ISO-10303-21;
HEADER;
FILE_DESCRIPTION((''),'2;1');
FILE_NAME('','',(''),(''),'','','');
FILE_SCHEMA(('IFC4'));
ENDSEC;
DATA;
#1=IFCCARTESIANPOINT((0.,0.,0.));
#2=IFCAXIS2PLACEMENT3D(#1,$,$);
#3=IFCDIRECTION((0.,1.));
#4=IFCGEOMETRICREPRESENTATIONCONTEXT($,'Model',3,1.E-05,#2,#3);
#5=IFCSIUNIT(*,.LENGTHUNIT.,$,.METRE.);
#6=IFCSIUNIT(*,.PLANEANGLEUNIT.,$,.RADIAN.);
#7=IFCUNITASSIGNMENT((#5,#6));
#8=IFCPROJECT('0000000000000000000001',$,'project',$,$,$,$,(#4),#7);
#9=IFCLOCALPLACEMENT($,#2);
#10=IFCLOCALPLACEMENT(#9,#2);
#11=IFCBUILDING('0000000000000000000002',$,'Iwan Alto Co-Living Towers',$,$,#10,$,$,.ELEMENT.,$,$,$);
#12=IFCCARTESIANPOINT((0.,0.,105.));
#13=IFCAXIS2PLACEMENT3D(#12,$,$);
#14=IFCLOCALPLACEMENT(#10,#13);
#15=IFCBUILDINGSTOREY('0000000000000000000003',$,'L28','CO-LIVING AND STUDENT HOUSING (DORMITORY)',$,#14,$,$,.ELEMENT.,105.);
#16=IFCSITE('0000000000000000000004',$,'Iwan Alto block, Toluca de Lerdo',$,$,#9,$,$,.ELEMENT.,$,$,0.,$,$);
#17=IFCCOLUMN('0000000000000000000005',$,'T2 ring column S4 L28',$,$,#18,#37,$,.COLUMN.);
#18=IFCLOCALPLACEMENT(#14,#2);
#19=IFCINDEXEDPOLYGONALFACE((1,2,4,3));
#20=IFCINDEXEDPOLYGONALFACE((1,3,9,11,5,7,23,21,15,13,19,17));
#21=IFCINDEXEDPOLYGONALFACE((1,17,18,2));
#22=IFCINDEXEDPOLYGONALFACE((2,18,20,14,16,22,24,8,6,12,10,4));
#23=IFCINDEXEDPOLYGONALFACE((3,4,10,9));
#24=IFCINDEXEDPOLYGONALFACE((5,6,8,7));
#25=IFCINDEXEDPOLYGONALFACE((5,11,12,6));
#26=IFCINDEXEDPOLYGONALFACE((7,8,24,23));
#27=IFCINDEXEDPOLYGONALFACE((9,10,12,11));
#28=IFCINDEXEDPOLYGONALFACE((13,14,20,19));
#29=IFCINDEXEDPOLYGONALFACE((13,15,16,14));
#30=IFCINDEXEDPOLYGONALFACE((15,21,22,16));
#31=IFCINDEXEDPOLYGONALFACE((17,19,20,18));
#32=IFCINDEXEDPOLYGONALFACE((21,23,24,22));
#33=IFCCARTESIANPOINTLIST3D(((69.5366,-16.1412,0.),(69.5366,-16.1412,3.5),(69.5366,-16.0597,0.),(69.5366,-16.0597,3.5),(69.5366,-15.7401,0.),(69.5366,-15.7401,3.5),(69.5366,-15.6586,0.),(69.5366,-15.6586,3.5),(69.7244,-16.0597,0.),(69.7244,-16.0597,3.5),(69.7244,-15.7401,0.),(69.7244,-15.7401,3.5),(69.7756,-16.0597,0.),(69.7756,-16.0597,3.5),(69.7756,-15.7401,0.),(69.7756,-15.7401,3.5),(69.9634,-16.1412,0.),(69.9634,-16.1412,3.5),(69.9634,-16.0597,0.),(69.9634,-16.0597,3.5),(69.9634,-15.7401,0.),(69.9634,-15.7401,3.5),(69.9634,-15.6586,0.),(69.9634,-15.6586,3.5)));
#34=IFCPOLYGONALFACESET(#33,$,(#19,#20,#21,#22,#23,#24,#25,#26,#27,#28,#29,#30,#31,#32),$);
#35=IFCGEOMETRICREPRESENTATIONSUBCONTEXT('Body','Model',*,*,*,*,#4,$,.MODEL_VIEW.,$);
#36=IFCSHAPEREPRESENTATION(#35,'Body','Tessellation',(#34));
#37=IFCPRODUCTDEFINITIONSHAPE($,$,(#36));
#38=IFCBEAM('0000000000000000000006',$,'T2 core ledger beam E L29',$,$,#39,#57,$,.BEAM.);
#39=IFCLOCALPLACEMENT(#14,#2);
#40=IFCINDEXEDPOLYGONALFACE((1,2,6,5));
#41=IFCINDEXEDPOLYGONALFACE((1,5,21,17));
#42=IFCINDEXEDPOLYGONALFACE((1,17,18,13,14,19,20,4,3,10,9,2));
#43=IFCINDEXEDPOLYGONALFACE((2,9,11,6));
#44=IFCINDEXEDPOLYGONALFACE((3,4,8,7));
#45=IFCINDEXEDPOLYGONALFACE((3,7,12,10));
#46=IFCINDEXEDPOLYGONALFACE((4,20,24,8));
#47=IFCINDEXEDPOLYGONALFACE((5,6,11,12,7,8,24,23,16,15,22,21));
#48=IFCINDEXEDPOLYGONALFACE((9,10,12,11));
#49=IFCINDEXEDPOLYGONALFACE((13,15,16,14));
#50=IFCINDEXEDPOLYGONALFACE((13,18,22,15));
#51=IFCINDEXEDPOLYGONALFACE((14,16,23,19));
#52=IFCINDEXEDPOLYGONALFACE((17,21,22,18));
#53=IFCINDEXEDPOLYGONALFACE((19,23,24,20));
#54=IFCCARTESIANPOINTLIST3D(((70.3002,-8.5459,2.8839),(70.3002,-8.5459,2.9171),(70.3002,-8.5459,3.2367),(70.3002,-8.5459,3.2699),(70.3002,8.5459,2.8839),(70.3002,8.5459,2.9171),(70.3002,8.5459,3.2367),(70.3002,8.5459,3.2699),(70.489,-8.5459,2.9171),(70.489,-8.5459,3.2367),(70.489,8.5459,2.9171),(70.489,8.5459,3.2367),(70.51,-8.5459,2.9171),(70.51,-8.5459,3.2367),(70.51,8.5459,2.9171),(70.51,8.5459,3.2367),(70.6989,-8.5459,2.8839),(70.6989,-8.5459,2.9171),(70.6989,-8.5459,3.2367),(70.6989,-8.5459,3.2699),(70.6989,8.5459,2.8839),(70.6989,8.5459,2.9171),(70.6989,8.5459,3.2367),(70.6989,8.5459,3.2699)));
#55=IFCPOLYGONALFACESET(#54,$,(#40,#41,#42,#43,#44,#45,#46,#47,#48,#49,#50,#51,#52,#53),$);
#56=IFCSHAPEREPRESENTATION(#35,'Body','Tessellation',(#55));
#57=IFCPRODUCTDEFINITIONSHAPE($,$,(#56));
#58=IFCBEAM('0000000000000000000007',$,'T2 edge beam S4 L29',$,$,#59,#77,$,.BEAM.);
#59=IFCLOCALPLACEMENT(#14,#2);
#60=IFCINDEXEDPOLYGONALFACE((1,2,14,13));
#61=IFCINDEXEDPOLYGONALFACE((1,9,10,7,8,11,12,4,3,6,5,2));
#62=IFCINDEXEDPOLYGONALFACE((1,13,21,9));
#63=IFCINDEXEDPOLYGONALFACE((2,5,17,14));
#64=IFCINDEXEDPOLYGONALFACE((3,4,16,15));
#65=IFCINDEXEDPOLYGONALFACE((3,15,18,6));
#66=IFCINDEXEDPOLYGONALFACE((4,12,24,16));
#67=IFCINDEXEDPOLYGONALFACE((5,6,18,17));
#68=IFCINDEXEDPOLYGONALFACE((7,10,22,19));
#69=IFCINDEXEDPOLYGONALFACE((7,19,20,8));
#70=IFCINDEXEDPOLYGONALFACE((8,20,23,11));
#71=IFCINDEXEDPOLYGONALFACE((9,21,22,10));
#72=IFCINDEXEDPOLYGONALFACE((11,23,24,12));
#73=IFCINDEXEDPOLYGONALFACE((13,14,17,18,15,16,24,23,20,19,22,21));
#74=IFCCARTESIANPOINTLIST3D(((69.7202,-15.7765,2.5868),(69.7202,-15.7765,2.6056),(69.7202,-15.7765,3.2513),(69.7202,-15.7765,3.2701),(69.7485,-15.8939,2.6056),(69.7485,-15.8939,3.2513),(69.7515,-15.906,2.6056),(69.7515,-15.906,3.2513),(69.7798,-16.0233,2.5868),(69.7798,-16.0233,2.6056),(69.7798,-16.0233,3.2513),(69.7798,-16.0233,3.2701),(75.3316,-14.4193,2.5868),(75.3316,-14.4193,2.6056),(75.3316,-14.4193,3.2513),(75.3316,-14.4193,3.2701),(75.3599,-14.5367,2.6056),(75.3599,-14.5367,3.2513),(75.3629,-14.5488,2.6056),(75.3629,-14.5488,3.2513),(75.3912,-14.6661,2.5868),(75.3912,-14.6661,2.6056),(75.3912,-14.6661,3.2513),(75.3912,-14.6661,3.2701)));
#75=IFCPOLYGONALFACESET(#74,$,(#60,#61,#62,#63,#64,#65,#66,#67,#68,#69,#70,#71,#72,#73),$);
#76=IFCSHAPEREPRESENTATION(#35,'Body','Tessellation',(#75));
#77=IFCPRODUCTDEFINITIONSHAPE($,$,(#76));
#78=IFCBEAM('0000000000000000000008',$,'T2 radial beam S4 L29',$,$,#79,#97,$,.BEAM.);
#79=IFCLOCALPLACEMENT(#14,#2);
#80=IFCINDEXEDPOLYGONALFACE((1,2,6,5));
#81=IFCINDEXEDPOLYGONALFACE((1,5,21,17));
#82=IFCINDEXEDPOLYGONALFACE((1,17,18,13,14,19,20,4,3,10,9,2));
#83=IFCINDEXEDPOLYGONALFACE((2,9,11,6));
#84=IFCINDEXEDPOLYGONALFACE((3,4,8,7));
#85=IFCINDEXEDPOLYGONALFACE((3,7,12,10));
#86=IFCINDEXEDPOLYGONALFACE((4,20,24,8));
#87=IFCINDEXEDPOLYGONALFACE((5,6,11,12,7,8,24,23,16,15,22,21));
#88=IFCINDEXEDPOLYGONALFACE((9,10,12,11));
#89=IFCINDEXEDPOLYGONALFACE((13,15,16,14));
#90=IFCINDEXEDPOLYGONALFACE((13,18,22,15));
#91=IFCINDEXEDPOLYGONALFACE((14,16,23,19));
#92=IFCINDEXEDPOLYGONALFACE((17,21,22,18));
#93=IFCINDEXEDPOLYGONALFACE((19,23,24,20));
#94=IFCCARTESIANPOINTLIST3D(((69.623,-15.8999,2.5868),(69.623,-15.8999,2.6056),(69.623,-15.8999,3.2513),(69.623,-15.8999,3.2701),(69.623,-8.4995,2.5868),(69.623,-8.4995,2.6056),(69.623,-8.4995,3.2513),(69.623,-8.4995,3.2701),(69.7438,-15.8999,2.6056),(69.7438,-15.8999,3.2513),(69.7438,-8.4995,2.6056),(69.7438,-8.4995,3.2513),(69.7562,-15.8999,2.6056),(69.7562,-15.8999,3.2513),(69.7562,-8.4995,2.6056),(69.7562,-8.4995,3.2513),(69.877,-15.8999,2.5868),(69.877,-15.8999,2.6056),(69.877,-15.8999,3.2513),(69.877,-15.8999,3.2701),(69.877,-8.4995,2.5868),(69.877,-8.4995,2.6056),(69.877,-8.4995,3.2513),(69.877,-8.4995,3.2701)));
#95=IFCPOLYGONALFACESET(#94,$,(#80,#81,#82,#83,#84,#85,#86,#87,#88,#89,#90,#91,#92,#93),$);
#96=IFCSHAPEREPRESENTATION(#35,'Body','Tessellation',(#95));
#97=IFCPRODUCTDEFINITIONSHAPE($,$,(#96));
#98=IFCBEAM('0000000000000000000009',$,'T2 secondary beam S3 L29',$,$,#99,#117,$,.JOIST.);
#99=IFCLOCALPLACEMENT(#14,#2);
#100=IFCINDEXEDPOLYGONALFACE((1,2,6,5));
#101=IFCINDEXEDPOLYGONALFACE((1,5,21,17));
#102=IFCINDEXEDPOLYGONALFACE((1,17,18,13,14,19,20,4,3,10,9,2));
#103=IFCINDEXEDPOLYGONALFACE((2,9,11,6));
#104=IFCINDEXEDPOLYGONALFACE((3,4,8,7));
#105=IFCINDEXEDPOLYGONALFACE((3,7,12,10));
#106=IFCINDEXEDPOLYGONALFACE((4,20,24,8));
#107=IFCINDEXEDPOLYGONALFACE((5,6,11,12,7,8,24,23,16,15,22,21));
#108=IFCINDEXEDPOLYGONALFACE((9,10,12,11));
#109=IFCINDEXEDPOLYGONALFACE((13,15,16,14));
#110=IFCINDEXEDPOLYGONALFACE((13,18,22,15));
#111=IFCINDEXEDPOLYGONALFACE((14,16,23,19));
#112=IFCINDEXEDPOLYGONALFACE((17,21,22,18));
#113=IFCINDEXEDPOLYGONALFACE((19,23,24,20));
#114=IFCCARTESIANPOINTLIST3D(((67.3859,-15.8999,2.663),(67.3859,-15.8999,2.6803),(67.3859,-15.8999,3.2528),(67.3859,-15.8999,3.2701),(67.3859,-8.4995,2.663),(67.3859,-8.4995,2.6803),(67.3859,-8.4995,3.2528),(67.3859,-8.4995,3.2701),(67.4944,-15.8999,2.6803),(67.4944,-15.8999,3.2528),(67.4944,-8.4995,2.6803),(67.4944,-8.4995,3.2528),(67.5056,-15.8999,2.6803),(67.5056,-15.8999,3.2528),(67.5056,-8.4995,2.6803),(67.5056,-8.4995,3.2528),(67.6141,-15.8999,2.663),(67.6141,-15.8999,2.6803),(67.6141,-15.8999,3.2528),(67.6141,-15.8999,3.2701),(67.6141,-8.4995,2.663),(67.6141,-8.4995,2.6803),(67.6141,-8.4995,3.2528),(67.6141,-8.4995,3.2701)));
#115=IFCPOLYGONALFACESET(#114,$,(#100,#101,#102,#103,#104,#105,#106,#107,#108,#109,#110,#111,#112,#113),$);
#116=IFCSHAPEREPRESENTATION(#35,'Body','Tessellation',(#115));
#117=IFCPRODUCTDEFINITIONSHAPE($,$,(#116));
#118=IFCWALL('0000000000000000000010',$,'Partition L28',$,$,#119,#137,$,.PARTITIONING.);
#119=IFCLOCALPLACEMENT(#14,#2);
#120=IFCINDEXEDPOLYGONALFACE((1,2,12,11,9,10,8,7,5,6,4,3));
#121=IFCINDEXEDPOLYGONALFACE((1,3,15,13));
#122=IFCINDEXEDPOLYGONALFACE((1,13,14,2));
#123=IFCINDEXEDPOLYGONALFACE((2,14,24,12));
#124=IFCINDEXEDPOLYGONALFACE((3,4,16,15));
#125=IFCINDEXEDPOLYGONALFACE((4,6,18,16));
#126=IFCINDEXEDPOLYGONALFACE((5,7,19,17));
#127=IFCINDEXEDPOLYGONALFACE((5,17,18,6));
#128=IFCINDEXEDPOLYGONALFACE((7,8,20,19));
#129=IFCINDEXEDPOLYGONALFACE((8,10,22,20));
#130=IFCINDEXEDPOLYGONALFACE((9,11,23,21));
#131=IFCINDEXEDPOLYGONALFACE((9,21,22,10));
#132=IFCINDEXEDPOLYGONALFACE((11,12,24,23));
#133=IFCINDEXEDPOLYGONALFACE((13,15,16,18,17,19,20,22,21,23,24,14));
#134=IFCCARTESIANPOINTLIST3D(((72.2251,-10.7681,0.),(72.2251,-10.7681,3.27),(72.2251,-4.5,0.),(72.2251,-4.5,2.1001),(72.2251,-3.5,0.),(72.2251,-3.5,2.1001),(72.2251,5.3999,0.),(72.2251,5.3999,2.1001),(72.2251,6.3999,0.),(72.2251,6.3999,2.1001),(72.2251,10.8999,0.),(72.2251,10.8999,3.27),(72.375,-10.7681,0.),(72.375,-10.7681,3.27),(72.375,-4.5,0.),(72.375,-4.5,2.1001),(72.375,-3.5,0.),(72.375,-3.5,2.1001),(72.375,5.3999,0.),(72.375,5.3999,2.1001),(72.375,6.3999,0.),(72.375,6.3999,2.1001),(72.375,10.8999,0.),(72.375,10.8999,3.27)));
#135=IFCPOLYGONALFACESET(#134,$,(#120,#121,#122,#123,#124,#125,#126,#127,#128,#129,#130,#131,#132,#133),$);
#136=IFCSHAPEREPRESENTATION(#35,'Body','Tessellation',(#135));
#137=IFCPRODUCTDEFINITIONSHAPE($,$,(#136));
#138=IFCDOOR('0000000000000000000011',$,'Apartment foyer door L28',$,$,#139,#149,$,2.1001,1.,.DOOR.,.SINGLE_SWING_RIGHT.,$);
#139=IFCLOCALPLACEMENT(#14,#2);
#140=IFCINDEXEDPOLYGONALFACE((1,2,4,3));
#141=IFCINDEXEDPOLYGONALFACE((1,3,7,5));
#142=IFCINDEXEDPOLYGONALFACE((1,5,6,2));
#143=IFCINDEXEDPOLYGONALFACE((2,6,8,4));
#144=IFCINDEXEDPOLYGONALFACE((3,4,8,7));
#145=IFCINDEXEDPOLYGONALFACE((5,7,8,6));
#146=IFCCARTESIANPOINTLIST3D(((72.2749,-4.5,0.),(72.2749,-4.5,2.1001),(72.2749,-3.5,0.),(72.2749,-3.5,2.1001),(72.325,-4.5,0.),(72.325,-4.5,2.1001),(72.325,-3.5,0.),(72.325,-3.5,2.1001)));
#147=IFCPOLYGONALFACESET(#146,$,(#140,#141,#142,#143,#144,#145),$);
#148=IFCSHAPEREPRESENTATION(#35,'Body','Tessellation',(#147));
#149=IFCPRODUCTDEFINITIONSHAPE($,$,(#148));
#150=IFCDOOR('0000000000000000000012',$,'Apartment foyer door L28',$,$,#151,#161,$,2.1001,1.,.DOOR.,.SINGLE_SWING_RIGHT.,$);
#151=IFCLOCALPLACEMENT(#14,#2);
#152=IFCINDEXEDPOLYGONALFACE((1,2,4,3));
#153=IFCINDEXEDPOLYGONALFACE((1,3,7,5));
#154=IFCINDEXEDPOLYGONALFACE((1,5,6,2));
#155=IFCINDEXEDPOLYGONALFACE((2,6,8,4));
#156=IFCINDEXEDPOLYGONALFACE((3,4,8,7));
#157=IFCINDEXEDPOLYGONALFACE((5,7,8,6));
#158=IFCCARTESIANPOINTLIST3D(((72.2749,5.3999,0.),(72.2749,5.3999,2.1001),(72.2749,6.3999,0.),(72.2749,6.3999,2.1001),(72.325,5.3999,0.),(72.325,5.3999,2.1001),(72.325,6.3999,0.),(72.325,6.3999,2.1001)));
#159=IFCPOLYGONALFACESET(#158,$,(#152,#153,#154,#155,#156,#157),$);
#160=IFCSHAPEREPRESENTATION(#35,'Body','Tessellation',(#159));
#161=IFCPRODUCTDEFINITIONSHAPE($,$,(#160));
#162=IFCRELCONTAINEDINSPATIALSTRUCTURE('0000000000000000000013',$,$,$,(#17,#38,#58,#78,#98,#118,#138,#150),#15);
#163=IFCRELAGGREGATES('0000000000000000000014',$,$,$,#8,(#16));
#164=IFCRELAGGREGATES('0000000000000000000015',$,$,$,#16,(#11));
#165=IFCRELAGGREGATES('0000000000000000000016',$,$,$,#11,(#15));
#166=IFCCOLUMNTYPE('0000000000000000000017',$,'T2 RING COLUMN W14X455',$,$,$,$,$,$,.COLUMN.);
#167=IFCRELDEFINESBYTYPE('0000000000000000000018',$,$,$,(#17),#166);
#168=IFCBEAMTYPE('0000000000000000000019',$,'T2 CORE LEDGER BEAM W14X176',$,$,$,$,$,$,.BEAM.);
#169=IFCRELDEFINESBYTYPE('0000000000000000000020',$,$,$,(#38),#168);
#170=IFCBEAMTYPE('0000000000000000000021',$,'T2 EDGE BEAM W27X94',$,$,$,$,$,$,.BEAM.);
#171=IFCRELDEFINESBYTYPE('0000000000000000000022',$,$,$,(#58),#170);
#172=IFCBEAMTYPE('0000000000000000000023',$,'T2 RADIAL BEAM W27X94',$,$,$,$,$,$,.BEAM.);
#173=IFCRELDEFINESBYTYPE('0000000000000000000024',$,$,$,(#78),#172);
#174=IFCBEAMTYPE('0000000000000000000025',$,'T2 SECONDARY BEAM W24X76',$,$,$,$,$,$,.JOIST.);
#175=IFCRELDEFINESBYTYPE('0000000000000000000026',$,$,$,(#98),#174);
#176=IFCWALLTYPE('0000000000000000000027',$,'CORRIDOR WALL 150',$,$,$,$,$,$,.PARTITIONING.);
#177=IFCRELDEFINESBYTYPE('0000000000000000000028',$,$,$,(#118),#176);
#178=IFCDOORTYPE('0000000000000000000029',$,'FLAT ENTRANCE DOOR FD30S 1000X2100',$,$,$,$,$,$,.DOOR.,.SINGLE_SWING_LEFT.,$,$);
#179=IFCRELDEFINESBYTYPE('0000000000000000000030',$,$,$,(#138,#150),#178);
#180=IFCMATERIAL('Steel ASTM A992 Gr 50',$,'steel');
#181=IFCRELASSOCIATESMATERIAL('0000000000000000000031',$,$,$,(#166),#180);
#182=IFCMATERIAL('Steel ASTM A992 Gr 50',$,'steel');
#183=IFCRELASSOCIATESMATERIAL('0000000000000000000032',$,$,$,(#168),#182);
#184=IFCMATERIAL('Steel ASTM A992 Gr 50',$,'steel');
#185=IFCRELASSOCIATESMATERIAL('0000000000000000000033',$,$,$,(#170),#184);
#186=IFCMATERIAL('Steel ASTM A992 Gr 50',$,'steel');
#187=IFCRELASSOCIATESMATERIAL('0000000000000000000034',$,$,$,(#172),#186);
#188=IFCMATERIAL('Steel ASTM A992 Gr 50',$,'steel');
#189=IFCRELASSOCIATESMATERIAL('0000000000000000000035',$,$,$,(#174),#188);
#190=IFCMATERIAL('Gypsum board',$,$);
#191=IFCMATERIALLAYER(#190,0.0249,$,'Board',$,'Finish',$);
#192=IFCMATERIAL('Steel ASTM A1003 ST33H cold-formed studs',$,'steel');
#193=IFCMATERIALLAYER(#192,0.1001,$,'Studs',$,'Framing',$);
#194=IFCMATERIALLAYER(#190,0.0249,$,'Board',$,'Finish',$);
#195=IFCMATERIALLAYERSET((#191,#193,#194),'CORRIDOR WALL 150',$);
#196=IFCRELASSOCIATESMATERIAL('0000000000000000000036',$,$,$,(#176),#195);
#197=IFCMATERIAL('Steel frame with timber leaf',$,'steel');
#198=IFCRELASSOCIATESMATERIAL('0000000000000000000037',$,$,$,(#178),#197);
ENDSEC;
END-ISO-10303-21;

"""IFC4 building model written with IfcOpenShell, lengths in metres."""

from ifc_helpers import new_model, si_unit, direction, frame, frame_2d, origin, origin_2d, place, context, subcontext, project, spatial, rectangle, i_section, extrude, material, layer, layer_set, material_profile, profile_set, type_object, element, fill, save


model = new_model("IFC4")

# Units and contexts
model_context = context("Model", 3, precision=1e-05, world=origin(), true_north=direction((0.0, 1.0)))
body_context = subcontext(model_context, "Body", "Model", "MODEL_VIEW")
ifc_project = project(units=[si_unit("LENGTHUNIT", "METRE"), si_unit("PLANEANGLEUNIT", "RADIAN")], contexts=[model_context])

# Site, building, storey
site_placement = place(None, origin())
site = spatial("IfcSite", under=ifc_project, at=site_placement, Name="Iwan Alto block, Toluca de Lerdo", CompositionType="ELEMENT", RefElevation=0.0)
building_placement = place(site_placement, origin())
building = spatial("IfcBuilding", under=site, at=building_placement, Name="Iwan Alto Co-Living Towers", CompositionType="ELEMENT")
storey_placement = place(building_placement, frame((0.0, 0.0, 105.0)))
storey = spatial("IfcBuildingStorey", under=building, at=storey_placement, Name="L28", Description="CO-LIVING AND STUDENT HOUSING (DORMITORY)", CompositionType="ELEMENT", Elevation=105.0)

# Column
ifc_material_1 = material(Name="Steel ASTM A992 Gr 50", Category="steel")
ifc_material_profile_1 = material_profile(ifc_material_1, i_section(OverallWidth=0.4268, OverallDepth=0.4827, WebThickness=0.0513, FlangeThickness=0.0815, at=origin_2d()), Name="W14X455")
ifc_profile_set_1 = profile_set([ifc_material_profile_1], Name="Steel ASTM A992 Gr 50")
column_type = type_object("IfcColumnType", Name="T2 RING COLUMN W14X455", PredefinedType="COLUMN", material=ifc_profile_set_1)
column_placement = place(storey_placement, frame((69.75, -15.8999, 0.0), z_axis=(0.0, 0.0, 1.0), x_axis=(1.0, 0.0, 0.0)))
element("IfcColumn", 1, at=column_placement, inside=storey, type_object=column_type, Name="T2 ring column S4 L28", PredefinedType="COLUMN", context=body_context, shape_type="SweptSolid", body=[
    extrude(i_section(OverallWidth=0.4268, OverallDepth=0.4827, WebThickness=0.0513, FlangeThickness=0.0815, at=origin_2d()), origin(), (0.0, 0.0, 1.0), 3.5),
])

# Beams
ifc_material_2 = material(Name="Steel ASTM A992 Gr 50", Category="steel")
ifc_material_profile_2 = material_profile(ifc_material_2, i_section(OverallWidth=0.3987, OverallDepth=0.386, WebThickness=0.021, FlangeThickness=0.0332, at=origin_2d()), Name="W14X176")
ifc_profile_set_2 = profile_set([ifc_material_profile_2], Name="Steel ASTM A992 Gr 50")
beam_type_1 = type_object("IfcBeamType", Name="T2 CORE LEDGER BEAM W14X176", PredefinedType="BEAM", material=ifc_profile_set_2)
beam_1_placement = place(storey_placement, frame((70.4995, -8.5459, 3.0769), z_axis=(0.0, 1.0, 0.0), x_axis=(-1.0, 0.0, 0.0)))
element("IfcBeam", 2, at=beam_1_placement, inside=storey, type_object=beam_type_1, Name="T2 core ledger beam E L29", PredefinedType="BEAM", context=body_context, shape_type="SweptSolid", body=[
    extrude(i_section(OverallWidth=0.3987, OverallDepth=0.386, WebThickness=0.021, FlangeThickness=0.0332, at=origin_2d()), origin(), (0.0, 0.0, 1.0), 17.0918),
])
ifc_material_3 = material(Name="Steel ASTM A992 Gr 50", Category="steel")
ifc_material_profile_3 = material_profile(ifc_material_3, i_section(OverallWidth=0.2539, OverallDepth=0.6833, WebThickness=0.0125, FlangeThickness=0.0188, at=origin_2d()), Name="W27X94")
ifc_profile_set_3 = profile_set([ifc_material_profile_3], Name="Steel ASTM A992 Gr 50")
beam_type_2 = type_object("IfcBeamType", Name="T2 EDGE BEAM W27X94", PredefinedType="BEAM", material=ifc_profile_set_3)
beam_2_placement = place(storey_placement, frame((69.75, -15.8999, 2.9285), z_axis=(0.971975, 0.235086, 0.0), x_axis=(-0.235086, 0.971975, 0.0)))
element("IfcBeam", 3, at=beam_2_placement, inside=storey, type_object=beam_type_2, Name="T2 edge beam S4 L29", PredefinedType="BEAM", context=body_context, shape_type="SweptSolid", body=[
    extrude(i_section(OverallWidth=0.2539, OverallDepth=0.6833, WebThickness=0.0125, FlangeThickness=0.0188, at=origin_2d()), origin(), (0.0, 0.0, 1.0), 5.7732),
])
ifc_material_4 = material(Name="Steel ASTM A992 Gr 50", Category="steel")
ifc_material_profile_4 = material_profile(ifc_material_4, i_section(OverallWidth=0.2539, OverallDepth=0.6833, WebThickness=0.0125, FlangeThickness=0.0188, at=origin_2d()), Name="W27X94")
ifc_profile_set_4 = profile_set([ifc_material_profile_4], Name="Steel ASTM A992 Gr 50")
beam_type_3 = type_object("IfcBeamType", Name="T2 RADIAL BEAM W27X94", PredefinedType="BEAM", material=ifc_profile_set_4)
beam_3_placement = place(storey_placement, frame((69.75, -15.8999, 2.9285), z_axis=(0.0, 1.0, 0.0), x_axis=(-1.0, 0.0, 0.0)))
element("IfcBeam", 4, at=beam_3_placement, inside=storey, type_object=beam_type_3, Name="T2 radial beam S4 L29", PredefinedType="BEAM", context=body_context, shape_type="SweptSolid", body=[
    extrude(i_section(OverallWidth=0.2539, OverallDepth=0.6833, WebThickness=0.0125, FlangeThickness=0.0188, at=origin_2d()), origin(), (0.0, 0.0, 1.0), 7.4004),
])
ifc_material_5 = material(Name="Steel ASTM A992 Gr 50", Category="steel")
ifc_material_profile_5 = material_profile(ifc_material_5, i_section(OverallWidth=0.2283, OverallDepth=0.6072, WebThickness=0.0112, FlangeThickness=0.0173, at=origin_2d()), Name="W24X76")
ifc_profile_set_5 = profile_set([ifc_material_profile_5], Name="Steel ASTM A992 Gr 50")
beam_type_4 = type_object("IfcBeamType", Name="T2 SECONDARY BEAM W24X76", PredefinedType="JOIST", material=ifc_profile_set_5)
beam_4_placement = place(storey_placement, frame((67.5, -15.8999, 2.9666), z_axis=(0.0, 1.0, 0.0), x_axis=(-1.0, 0.0, 0.0)))
element("IfcBeam", 5, at=beam_4_placement, inside=storey, type_object=beam_type_4, Name="T2 secondary beam S3 L29", PredefinedType="JOIST", context=body_context, shape_type="SweptSolid", body=[
    extrude(i_section(OverallWidth=0.2283, OverallDepth=0.6072, WebThickness=0.0112, FlangeThickness=0.0173, at=origin_2d()), origin(), (0.0, 0.0, 1.0), 7.4004),
])

# Wall, openings, doors
ifc_material_6 = material(Name="Gypsum board")
ifc_layer_1 = layer(ifc_material_6, 0.0249, Name="Board", Category="Finish")
ifc_material_7 = material(Name="Steel ASTM A1003 ST33H cold-formed studs", Category="steel")
ifc_layer_2 = layer(ifc_material_7, 0.1001, Name="Studs", Category="Framing")
ifc_layer_3 = layer(ifc_material_6, 0.0249, Name="Board", Category="Finish")
ifc_layer_set_1 = layer_set([ifc_layer_1, ifc_layer_2, ifc_layer_3], Name="CORRIDOR WALL 150")
wall_type_1 = type_object("IfcWallType", Name="CORRIDOR WALL 150", PredefinedType="PARTITIONING", material=ifc_layer_set_1)
wall_1_placement = place(storey_placement, frame((72.3, -10.7681, 0.0), z_axis=(0.0, 0.0, 1.0), x_axis=(0.0, 1.0, 0.0)))
wall_1 = element("IfcWall", 6, at=wall_1_placement, inside=storey, type_object=wall_type_1, Name="Partition L28", PredefinedType="PARTITIONING", context=body_context, shape_type="SweptSolid", body=[
    extrude(rectangle(XDim=21.668, YDim=0.1499, at=frame_2d((10.834, 0.0))), origin(), (0.0, 0.0, 1.0), 3.27),
])
opening_1_placement = place(wall_1_placement, frame((6.2681, 0.0, 0.0)))
opening_1 = element("IfcOpeningElement", 7, at=opening_1_placement, cuts=wall_1, PredefinedType="OPENING", context=body_context, shape_type="SweptSolid", body=[
    extrude(rectangle(XDim=1.0, YDim=2.1001, at=frame_2d((0.5, 1.05))), frame((0.0, 0.085, 0.0), z_axis=(0.0, -1.0, 0.0), x_axis=(1.0, 0.0, 0.0)), (0.0, 0.0, 1.0), 0.1699),
])
opening_2_placement = place(wall_1_placement, frame((16.168, 0.0, 0.0)))
opening_2 = element("IfcOpeningElement", 8, at=opening_2_placement, cuts=wall_1, PredefinedType="OPENING", context=body_context, shape_type="SweptSolid", body=[
    extrude(rectangle(XDim=1.0, YDim=2.1001, at=frame_2d((0.5, 1.05))), frame((0.0, 0.085, 0.0), z_axis=(0.0, -1.0, 0.0), x_axis=(1.0, 0.0, 0.0)), (0.0, 0.0, 1.0), 0.1699),
])
ifc_material_8 = material(Name="Steel frame with timber leaf", Category="steel")
door_type_1 = type_object("IfcDoorType", Name="FLAT ENTRANCE DOOR FD30S 1000X2100", OperationType="SINGLE_SWING_LEFT", PredefinedType="DOOR", material=ifc_material_8)
door_1_placement = place(opening_1_placement, frame((1.0, 0.0, 0.0), z_axis=(0.0, 0.0, 1.0), x_axis=(-1.0, 0.0, 0.0)))
door_1 = element("IfcDoor", 9, at=door_1_placement, inside=storey, type_object=door_type_1, Name="Apartment foyer door L28", OperationType="SINGLE_SWING_RIGHT", OverallHeight=2.1001, OverallWidth=1.0, PredefinedType="DOOR", context=body_context, shape_type="SweptSolid", body=[
    extrude(rectangle(XDim=1.0, YDim=2.1001, at=frame_2d((0.5, 1.05))), frame((0.0, 0.0249, 0.0), z_axis=(0.0, -1.0, 0.0), x_axis=(1.0, 0.0, 0.0)), (0.0, 0.0, 1.0), 0.05),
])
fill(opening_1, door_1)
door_2_placement = place(opening_2_placement, frame((1.0, 0.0, 0.0), z_axis=(0.0, 0.0, 1.0), x_axis=(-1.0, 0.0, 0.0)))
door_2 = element("IfcDoor", 10, at=door_2_placement, inside=storey, type_object=door_type_1, Name="Apartment foyer door L28", OperationType="SINGLE_SWING_RIGHT", OverallHeight=2.1001, OverallWidth=1.0, PredefinedType="DOOR", context=body_context, shape_type="SweptSolid", body=[
    extrude(rectangle(XDim=1.0, YDim=2.1001, at=frame_2d((0.5, 1.05))), frame((0.0, 0.0249, 0.0), z_axis=(0.0, -1.0, 0.0), x_axis=(1.0, 0.0, 0.0)), (0.0, 0.0, 1.0), 0.05),
])
fill(opening_2, door_2)

save(model, "model.ifc")
